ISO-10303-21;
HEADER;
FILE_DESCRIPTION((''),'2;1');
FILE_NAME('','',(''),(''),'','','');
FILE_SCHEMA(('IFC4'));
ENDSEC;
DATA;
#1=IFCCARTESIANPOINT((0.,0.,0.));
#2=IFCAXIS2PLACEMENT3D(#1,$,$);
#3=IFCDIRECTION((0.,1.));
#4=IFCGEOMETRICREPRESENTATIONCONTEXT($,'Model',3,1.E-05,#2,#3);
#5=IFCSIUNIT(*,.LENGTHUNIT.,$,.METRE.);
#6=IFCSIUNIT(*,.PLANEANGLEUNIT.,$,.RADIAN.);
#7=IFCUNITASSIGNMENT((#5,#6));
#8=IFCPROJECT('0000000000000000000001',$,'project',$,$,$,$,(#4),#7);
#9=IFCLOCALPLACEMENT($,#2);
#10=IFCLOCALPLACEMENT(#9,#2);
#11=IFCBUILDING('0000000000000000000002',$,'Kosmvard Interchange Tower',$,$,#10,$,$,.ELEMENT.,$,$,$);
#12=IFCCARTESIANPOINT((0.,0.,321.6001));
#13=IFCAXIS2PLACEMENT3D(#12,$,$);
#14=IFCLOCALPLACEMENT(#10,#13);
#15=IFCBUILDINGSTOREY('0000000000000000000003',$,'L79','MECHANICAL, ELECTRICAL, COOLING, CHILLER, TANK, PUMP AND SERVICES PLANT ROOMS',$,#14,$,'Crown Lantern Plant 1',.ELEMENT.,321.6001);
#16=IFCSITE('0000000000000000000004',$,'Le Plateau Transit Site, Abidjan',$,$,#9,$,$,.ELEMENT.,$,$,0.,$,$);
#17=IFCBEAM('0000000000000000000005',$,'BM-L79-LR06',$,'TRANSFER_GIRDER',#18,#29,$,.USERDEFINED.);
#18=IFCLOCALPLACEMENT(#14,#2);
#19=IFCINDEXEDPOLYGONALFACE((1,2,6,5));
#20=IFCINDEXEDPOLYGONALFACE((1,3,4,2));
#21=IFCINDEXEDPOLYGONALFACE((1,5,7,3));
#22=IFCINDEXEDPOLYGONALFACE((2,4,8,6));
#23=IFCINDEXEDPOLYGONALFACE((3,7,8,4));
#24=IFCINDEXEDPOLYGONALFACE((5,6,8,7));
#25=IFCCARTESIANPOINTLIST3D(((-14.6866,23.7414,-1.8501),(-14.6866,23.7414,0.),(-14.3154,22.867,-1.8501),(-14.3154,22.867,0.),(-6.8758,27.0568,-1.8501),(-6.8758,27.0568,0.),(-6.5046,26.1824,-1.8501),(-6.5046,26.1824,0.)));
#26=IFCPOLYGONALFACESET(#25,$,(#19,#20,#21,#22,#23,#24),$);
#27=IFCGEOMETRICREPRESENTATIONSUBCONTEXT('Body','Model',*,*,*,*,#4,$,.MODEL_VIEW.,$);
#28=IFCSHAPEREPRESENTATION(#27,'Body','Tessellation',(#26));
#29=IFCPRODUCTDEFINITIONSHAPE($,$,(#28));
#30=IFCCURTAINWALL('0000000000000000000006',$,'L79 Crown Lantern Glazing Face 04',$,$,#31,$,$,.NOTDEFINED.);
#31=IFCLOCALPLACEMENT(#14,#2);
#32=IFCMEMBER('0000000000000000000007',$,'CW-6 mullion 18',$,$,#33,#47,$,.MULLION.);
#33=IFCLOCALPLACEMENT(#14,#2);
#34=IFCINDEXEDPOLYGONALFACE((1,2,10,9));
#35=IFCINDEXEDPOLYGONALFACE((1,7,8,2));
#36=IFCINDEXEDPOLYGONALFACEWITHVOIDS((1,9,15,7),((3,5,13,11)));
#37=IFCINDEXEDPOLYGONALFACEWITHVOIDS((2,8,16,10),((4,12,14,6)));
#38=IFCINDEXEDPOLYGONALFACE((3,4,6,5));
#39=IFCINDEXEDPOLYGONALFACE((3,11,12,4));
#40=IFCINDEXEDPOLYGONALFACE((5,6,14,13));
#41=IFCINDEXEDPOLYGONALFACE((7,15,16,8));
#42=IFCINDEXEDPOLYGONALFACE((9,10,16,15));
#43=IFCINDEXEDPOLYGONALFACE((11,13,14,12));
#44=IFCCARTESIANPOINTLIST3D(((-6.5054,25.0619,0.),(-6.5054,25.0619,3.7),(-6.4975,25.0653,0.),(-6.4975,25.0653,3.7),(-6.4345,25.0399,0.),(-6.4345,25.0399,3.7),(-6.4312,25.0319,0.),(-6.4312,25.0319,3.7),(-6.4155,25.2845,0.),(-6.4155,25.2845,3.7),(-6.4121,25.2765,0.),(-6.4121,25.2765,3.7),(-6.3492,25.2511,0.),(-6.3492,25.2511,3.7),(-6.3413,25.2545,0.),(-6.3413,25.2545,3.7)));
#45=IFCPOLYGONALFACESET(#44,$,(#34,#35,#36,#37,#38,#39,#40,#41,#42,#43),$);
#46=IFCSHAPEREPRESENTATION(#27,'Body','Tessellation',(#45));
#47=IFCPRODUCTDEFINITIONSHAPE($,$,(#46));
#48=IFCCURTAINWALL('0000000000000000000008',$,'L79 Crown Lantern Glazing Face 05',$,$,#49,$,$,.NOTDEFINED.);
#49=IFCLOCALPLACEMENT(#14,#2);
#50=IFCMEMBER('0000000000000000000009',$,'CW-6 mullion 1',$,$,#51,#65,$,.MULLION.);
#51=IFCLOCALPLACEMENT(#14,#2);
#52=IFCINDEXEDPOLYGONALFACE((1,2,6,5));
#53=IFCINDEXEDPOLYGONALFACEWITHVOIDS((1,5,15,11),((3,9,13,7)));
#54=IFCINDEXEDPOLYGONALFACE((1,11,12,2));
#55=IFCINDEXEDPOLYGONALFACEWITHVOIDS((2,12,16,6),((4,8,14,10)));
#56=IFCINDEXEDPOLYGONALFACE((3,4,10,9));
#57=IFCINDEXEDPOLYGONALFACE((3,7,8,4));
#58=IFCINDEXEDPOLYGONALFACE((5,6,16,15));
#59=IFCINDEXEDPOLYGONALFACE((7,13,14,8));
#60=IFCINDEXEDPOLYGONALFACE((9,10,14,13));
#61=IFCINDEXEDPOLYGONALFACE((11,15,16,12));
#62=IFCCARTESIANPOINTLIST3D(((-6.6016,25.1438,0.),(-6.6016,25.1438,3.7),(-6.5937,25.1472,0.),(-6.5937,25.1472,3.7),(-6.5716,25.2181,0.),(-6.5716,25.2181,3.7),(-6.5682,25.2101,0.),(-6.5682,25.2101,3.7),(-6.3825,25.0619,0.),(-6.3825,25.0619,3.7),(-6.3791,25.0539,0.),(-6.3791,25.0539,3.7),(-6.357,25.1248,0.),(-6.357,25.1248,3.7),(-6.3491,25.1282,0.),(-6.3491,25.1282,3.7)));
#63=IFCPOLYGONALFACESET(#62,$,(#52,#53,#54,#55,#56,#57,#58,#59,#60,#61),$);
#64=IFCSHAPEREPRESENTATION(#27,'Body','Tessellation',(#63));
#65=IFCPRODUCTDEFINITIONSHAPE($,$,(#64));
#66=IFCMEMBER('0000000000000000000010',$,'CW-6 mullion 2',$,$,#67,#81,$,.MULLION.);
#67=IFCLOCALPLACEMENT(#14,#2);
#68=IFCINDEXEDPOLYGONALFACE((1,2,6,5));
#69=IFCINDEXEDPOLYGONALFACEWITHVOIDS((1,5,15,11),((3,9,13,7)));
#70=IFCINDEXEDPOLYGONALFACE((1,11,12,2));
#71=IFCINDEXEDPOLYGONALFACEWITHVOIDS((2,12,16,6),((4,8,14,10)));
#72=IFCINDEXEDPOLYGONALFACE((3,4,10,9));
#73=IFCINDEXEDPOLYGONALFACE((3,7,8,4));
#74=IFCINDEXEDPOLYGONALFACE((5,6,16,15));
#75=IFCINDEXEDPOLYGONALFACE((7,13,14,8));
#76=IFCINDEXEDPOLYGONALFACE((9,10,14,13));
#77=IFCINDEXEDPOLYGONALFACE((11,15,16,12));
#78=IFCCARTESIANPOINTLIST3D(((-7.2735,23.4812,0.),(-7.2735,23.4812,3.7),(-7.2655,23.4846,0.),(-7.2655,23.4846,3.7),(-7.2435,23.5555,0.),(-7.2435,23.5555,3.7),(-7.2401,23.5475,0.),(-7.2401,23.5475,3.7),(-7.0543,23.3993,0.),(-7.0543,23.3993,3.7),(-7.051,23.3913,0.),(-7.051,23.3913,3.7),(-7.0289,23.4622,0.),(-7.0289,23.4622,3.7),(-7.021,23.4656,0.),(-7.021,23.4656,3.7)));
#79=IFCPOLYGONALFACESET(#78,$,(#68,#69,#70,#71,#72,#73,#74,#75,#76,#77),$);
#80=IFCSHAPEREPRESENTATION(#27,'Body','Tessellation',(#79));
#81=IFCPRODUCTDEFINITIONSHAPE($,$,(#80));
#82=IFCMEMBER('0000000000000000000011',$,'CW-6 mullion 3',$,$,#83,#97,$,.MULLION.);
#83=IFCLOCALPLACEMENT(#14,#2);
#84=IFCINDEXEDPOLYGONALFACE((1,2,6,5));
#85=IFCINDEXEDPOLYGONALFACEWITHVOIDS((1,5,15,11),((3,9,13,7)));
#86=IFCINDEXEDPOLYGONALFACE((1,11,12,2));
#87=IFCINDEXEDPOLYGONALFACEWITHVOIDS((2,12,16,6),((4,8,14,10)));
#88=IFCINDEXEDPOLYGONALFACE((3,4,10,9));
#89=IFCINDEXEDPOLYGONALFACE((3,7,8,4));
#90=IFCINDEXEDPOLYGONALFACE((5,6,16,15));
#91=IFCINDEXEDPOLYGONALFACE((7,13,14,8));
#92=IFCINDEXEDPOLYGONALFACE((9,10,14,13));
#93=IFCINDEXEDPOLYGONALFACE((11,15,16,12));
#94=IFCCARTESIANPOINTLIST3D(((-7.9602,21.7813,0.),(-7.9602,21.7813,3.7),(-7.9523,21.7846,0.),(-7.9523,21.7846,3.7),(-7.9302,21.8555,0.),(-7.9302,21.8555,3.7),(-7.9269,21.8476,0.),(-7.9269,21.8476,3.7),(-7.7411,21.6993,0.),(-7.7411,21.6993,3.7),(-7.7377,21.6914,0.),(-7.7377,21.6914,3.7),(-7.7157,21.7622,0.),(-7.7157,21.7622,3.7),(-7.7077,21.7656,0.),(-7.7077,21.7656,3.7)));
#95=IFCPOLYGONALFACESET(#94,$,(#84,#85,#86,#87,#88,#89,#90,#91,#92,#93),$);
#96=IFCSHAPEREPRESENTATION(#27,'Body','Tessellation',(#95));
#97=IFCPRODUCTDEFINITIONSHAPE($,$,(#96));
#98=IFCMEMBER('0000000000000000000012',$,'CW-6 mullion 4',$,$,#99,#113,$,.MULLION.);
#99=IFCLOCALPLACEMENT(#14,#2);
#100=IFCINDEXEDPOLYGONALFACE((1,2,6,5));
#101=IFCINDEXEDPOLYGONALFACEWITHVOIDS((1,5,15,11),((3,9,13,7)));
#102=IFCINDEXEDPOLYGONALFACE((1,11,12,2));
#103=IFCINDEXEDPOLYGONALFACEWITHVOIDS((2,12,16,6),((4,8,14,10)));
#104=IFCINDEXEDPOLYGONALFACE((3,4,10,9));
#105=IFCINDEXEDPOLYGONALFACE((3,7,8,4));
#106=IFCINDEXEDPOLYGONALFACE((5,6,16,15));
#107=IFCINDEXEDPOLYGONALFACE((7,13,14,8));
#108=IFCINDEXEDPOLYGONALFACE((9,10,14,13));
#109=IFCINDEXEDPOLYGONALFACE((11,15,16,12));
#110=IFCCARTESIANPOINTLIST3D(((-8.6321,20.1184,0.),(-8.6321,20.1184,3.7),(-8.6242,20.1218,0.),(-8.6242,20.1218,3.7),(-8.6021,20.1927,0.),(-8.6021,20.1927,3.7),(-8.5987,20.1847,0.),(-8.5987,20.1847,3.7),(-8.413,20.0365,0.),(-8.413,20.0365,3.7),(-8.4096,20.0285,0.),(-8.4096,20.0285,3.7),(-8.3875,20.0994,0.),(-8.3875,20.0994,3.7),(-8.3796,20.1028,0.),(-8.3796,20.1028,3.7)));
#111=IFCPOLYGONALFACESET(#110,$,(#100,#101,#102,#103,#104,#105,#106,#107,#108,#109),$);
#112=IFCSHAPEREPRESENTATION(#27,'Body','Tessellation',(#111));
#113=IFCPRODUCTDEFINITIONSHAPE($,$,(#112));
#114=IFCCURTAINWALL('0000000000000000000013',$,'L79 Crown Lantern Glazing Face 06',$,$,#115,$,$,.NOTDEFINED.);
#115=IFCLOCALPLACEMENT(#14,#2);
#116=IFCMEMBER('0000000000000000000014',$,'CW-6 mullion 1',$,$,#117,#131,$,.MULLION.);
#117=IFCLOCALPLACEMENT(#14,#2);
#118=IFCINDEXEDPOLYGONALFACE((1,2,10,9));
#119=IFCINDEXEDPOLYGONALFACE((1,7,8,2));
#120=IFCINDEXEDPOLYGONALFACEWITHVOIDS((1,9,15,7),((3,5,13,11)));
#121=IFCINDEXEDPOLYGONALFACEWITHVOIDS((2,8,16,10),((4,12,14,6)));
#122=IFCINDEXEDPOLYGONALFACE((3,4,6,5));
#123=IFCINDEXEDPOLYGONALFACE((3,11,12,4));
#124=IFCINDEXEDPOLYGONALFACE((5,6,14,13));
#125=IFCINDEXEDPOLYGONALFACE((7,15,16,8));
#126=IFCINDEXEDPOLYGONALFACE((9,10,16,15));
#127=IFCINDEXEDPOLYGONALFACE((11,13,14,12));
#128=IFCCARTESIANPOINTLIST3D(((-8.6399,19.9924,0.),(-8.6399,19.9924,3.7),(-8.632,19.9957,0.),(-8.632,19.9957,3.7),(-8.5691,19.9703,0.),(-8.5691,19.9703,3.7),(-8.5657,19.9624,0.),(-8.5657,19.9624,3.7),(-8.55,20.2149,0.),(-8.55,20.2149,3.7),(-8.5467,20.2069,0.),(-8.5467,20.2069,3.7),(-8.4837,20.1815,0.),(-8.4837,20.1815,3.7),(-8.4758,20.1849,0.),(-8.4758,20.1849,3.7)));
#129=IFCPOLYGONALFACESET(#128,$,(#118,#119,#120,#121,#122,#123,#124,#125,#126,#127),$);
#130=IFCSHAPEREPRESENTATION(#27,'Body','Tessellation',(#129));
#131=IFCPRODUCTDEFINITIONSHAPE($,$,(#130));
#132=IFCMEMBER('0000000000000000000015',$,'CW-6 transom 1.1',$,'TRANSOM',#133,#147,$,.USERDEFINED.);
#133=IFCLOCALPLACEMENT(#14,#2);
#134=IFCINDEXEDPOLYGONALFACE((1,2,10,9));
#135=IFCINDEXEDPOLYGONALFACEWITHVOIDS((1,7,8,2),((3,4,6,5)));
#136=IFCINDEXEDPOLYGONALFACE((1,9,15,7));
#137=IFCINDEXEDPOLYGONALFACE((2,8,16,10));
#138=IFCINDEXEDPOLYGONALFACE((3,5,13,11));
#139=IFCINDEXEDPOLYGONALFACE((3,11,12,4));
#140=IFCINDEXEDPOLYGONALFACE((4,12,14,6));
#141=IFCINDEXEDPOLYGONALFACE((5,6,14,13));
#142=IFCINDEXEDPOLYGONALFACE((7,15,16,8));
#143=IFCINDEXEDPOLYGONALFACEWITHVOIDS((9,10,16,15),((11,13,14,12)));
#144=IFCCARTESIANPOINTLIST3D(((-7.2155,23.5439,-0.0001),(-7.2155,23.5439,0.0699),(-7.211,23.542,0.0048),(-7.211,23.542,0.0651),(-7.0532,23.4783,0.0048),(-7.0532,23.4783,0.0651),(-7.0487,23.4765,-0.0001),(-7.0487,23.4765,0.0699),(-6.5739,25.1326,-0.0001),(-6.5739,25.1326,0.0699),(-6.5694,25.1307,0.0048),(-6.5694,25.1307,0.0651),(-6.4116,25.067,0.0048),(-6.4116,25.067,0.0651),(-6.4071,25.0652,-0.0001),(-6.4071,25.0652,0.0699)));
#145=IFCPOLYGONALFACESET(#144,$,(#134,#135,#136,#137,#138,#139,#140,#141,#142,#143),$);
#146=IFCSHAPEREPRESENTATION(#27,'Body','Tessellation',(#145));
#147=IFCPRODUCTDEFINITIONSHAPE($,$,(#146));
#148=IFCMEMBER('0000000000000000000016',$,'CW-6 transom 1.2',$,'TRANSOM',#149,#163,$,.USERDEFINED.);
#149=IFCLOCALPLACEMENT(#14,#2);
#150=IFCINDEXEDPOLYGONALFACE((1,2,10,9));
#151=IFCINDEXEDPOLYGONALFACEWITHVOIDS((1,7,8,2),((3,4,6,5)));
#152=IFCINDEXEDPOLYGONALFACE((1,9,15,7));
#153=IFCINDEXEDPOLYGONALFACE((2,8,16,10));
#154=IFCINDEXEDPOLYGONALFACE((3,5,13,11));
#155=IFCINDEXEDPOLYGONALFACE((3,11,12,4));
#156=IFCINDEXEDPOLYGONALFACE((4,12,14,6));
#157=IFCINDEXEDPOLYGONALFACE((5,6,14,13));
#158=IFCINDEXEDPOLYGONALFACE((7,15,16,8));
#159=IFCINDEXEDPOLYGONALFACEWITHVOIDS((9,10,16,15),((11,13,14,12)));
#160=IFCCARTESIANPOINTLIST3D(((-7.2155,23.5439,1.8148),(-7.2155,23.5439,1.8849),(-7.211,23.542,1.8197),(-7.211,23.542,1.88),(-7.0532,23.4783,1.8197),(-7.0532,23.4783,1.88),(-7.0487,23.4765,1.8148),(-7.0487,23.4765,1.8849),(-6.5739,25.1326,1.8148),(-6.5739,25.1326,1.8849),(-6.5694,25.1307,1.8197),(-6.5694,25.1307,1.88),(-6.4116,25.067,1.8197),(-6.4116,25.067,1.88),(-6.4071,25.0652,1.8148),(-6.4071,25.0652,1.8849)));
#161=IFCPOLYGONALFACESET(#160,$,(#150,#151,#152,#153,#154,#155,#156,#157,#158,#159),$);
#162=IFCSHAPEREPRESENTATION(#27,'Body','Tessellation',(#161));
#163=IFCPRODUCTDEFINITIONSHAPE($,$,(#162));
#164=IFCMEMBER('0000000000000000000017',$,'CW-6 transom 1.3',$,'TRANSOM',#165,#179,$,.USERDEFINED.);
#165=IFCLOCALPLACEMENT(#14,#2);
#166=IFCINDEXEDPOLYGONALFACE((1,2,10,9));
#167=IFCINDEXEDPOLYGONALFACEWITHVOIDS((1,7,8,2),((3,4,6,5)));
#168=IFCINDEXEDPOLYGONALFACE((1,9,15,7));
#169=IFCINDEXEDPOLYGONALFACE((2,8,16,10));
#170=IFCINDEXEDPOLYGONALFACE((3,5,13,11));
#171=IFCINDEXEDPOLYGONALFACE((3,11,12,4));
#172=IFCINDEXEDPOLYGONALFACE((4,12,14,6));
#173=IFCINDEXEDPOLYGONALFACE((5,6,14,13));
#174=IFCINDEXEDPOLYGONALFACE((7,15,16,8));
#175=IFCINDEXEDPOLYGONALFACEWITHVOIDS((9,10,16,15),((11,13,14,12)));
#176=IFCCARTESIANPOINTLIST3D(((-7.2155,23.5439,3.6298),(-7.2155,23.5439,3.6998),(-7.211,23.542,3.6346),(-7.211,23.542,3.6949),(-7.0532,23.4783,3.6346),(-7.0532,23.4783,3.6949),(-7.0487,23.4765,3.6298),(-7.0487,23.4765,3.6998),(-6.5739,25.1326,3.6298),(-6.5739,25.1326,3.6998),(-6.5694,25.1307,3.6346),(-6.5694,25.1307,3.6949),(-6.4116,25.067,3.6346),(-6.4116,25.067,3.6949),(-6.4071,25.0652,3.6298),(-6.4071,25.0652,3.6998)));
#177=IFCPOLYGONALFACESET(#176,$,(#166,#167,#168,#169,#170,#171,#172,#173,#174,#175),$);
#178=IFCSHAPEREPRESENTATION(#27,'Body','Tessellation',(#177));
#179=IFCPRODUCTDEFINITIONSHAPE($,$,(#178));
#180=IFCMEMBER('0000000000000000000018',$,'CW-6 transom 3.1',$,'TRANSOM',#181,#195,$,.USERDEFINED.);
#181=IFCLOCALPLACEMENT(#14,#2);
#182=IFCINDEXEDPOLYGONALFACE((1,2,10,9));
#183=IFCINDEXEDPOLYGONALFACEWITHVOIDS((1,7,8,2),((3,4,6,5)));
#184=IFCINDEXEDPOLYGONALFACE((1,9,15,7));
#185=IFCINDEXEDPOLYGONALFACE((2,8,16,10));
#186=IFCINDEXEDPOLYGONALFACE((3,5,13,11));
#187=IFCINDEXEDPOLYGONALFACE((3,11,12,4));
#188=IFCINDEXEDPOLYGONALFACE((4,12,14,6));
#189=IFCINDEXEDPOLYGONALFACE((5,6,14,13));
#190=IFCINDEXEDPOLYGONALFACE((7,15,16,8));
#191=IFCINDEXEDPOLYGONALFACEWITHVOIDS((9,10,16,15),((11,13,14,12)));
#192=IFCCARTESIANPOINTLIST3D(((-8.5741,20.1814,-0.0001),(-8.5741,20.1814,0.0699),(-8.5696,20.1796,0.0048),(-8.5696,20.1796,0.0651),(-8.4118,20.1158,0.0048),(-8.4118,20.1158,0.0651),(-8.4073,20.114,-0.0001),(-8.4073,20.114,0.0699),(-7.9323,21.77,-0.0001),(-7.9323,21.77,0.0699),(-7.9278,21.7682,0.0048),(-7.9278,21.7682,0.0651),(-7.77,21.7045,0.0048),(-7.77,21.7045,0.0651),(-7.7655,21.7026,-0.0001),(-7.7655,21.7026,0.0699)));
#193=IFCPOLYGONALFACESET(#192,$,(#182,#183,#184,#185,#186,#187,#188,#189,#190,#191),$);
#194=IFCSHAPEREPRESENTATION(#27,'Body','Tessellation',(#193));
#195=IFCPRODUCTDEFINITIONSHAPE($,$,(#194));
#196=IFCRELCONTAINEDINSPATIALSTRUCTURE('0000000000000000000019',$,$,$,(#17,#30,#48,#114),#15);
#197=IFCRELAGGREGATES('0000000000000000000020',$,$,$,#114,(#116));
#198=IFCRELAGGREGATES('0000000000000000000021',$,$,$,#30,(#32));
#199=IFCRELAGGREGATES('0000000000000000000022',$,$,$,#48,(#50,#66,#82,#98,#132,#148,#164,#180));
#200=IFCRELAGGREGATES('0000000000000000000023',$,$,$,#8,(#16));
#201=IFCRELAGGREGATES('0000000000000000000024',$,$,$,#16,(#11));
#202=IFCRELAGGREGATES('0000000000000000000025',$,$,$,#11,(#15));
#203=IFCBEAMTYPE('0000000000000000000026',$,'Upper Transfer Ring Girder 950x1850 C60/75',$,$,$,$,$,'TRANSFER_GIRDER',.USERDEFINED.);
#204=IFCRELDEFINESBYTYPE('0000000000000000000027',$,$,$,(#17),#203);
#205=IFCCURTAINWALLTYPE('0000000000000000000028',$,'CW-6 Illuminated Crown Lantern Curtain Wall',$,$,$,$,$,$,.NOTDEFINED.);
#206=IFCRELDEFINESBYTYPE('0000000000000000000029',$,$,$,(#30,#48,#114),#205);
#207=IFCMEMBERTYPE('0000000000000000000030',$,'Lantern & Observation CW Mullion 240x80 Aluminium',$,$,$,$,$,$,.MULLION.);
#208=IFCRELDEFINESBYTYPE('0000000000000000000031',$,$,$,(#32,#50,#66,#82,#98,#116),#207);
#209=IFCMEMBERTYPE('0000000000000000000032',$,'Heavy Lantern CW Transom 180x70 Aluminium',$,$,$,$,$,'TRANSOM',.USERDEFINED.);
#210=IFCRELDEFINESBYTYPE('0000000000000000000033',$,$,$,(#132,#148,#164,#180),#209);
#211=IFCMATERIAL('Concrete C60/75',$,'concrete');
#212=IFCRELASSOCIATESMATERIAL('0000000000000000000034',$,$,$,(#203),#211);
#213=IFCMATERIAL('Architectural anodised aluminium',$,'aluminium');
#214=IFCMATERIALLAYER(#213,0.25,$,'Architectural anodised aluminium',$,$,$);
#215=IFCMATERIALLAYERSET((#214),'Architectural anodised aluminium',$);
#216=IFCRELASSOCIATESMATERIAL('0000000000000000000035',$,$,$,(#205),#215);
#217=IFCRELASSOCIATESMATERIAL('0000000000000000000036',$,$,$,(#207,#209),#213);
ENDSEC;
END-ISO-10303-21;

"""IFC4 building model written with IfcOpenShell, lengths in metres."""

from ifc_helpers import new_model, si_unit, direction, frame, origin, origin_2d, place, context, subcontext, project, spatial, rectangle, hollow_rectangle, extrude, source, transform, mapped, material, layer, layer_set, material_profile, profile_set, type_object, element, aggregate, save


model = new_model("IFC4")

# Units and contexts
model_context = context("Model", 3, precision=1e-05, world=origin(), true_north=direction((0.0, 1.0)))
body_context = subcontext(model_context, "Body", "Model", "MODEL_VIEW")
ifc_project = project(units=[si_unit("LENGTHUNIT", "METRE"), si_unit("PLANEANGLEUNIT", "RADIAN")], contexts=[model_context])

# Site, building, storey
site_placement = place(None, origin())
site = spatial("IfcSite", under=ifc_project, at=site_placement, Name="Le Plateau Transit Site, Abidjan", CompositionType="ELEMENT", RefElevation=0.0)
building_placement = place(site_placement, origin())
building = spatial("IfcBuilding", under=site, at=building_placement, Name="Kosmvard Interchange Tower", CompositionType="ELEMENT")
storey_placement = place(building_placement, frame((0.0, 0.0, 321.6001)))
storey = spatial("IfcBuildingStorey", under=building, at=storey_placement, Name="L79", Description="MECHANICAL, ELECTRICAL, COOLING, CHILLER, TANK, PUMP AND SERVICES PLANT ROOMS", LongName="Crown Lantern Plant 1", CompositionType="ELEMENT", Elevation=321.6001)

# Beam
ifc_material_1 = material(Name="Concrete C60/75", Category="concrete")
ifc_material_profile_1 = material_profile(ifc_material_1, rectangle(XDim=0.95, YDim=1.8501, at=origin_2d()), Name="TG 950x1850")
ifc_profile_set_1 = profile_set([ifc_material_profile_1], Name="Concrete C60/75")
beam_type = type_object("IfcBeamType", Name="Upper Transfer Ring Girder 950x1850 C60/75", ElementType="TRANSFER_GIRDER", PredefinedType="USERDEFINED", material=ifc_profile_set_1)
shared_shape_1 = source(origin(), body_context, "Body", "SweptSolid", [
    extrude(rectangle(XDim=0.95, YDim=1.8501, at=origin_2d()), origin(), (0.0, 0.0, 1.0), 8.4854),
])
beam_placement = place(storey_placement, frame((-6.6902, 26.6196, -0.925), z_axis=(-0.920507, -0.390726, 0.0), x_axis=(0.390726, -0.920507, 0.0)))
element("IfcBeam", 1, at=beam_placement, inside=storey, type_object=beam_type, Name="BM-L79-LR06", ObjectType="TRANSFER_GIRDER", PredefinedType="USERDEFINED", context=body_context, shape_type="MappedRepresentation", body=[
    mapped(shared_shape_1, transform((0.0, 0.0, 0.0), scale=1.0)),
])

# Curtain wall, member
ifc_material_2 = material(Name="Architectural anodised aluminium", Category="aluminium")
ifc_layer_1 = layer(ifc_material_2, 0.25, Name="Architectural anodised aluminium")
ifc_layer_set_1 = layer_set([ifc_layer_1], Name="Architectural anodised aluminium")
curtain_wall_type = type_object("IfcCurtainWallType", Name="CW-6 Illuminated Crown Lantern Curtain Wall", PredefinedType="NOTDEFINED", material=ifc_layer_set_1)
curtain_wall_1_placement = place(storey_placement, origin())
curtain_wall_1 = element("IfcCurtainWall", 2, at=curtain_wall_1_placement, inside=storey, type_object=curtain_wall_type, Name="L79 Crown Lantern Glazing Face 04", PredefinedType="NOTDEFINED")
ifc_material_profile_2 = material_profile(ifc_material_2, hollow_rectangle(XDim=0.24, YDim=0.0801, WallThickness=0.0061, at=origin_2d()), Name="CWM 240x80x6")
ifc_profile_set_2 = profile_set([ifc_material_profile_2], Name="Architectural anodised aluminium")
member_type_1 = type_object("IfcMemberType", Name="Lantern & Observation CW Mullion 240x80 Aluminium", PredefinedType="MULLION", material=ifc_profile_set_2)
shared_shape_2 = source(origin(), body_context, "Body", "SweptSolid", [
    extrude(hollow_rectangle(XDim=0.24, YDim=0.0801, WallThickness=0.0061, at=origin_2d()), origin(), (0.0, 0.0, 1.0), 3.7),
])
member_1_placement = place(storey_placement, frame((-6.4233, 25.1582, 0.0), z_axis=(0.0, 0.0, 1.0), x_axis=(-0.374607, -0.927184, 0.0)))
member_1 = element("IfcMember", 3, at=member_1_placement, type_object=member_type_1, Name="CW-6 mullion 18", PredefinedType="MULLION", context=body_context, shape_type="MappedRepresentation", body=[
    mapped(shared_shape_2, transform((0.0, 0.0, 0.0), scale=1.0)),
])

# Curtain wall, members
curtain_wall_2_placement = place(storey_placement, origin())
curtain_wall_2 = element("IfcCurtainWall", 4, at=curtain_wall_2_placement, inside=storey, type_object=curtain_wall_type, Name="L79 Crown Lantern Glazing Face 05", PredefinedType="NOTDEFINED")
member_2_placement = place(storey_placement, frame((-6.4753, 25.136, 0.0), z_axis=(0.0, 0.0, 1.0), x_axis=(0.927184, -0.374607, 0.0)))
member_2 = element("IfcMember", 5, at=member_2_placement, type_object=member_type_1, Name="CW-6 mullion 1", PredefinedType="MULLION", context=body_context, shape_type="MappedRepresentation", body=[
    mapped(shared_shape_2, transform((0.0, 0.0, 0.0), scale=1.0)),
])
member_3_placement = place(storey_placement, frame((-7.1472, 23.4734, 0.0), z_axis=(0.0, 0.0, 1.0), x_axis=(0.927184, -0.374607, 0.0)))
member_3 = element("IfcMember", 6, at=member_3_placement, type_object=member_type_1, Name="CW-6 mullion 2", PredefinedType="MULLION", context=body_context, shape_type="MappedRepresentation", body=[
    mapped(shared_shape_2, transform((0.0, 0.0, 0.0), scale=1.0)),
])
member_4_placement = place(storey_placement, frame((-7.834, 21.7734, 0.0), z_axis=(0.0, 0.0, 1.0), x_axis=(0.927184, -0.374607, 0.0)))
member_4 = element("IfcMember", 7, at=member_4_placement, type_object=member_type_1, Name="CW-6 mullion 3", PredefinedType="MULLION", context=body_context, shape_type="MappedRepresentation", body=[
    mapped(shared_shape_2, transform((0.0, 0.0, 0.0), scale=1.0)),
])
member_5_placement = place(storey_placement, frame((-8.5059, 20.1106, 0.0), z_axis=(0.0, 0.0, 1.0), x_axis=(0.927184, -0.374607, 0.0)))
member_5 = element("IfcMember", 8, at=member_5_placement, type_object=member_type_1, Name="CW-6 mullion 4", PredefinedType="MULLION", context=body_context, shape_type="MappedRepresentation", body=[
    mapped(shared_shape_2, transform((0.0, 0.0, 0.0), scale=1.0)),
])

# Curtain wall, member
curtain_wall_3_placement = place(storey_placement, origin())
curtain_wall_3 = element("IfcCurtainWall", 9, at=curtain_wall_3_placement, inside=storey, type_object=curtain_wall_type, Name="L79 Crown Lantern Glazing Face 06", PredefinedType="NOTDEFINED")
member_6_placement = place(storey_placement, frame((-8.5579, 20.0886, 0.0), z_axis=(0.0, 0.0, 1.0), x_axis=(-0.374607, -0.927184, 0.0)))
member_6 = element("IfcMember", 10, at=member_6_placement, type_object=member_type_1, Name="CW-6 mullion 1", PredefinedType="MULLION", context=body_context, shape_type="MappedRepresentation", body=[
    mapped(shared_shape_2, transform((0.0, 0.0, 0.0), scale=1.0)),
])
aggregate(curtain_wall_3, [member_6])

# Members
ifc_material_profile_3 = material_profile(ifc_material_2, hollow_rectangle(XDim=0.1799, YDim=0.0701, WallThickness=0.0049, at=origin_2d()), Name="CWT 180x70x5")
ifc_profile_set_3 = profile_set([ifc_material_profile_3], Name="Architectural anodised aluminium")
member_type_2 = type_object("IfcMemberType", Name="Heavy Lantern CW Transom 180x70 Aluminium", ElementType="TRANSOM", PredefinedType="USERDEFINED", material=ifc_profile_set_3)
shared_shape_3 = source(origin(), body_context, "Body", "SweptSolid", [
    extrude(hollow_rectangle(XDim=0.1799, YDim=0.0701, WallThickness=0.0049, at=origin_2d()), origin(), (0.0, 0.0, 1.0), 1.7134),
])
member_7_placement = place(storey_placement, frame((-6.4905, 25.0989, 0.0349), z_axis=(-0.374484, -0.927233, 0.0), x_axis=(0.927233, -0.374484, 0.0)))
member_7 = element("IfcMember", 11, at=member_7_placement, type_object=member_type_2, Name="CW-6 transom 1.1", ObjectType="TRANSOM", PredefinedType="USERDEFINED", context=body_context, shape_type="MappedRepresentation", body=[
    mapped(shared_shape_3, transform((0.0, 0.0, 0.0), scale=1.0)),
])
member_8_placement = place(storey_placement, frame((-6.4905, 25.0989, 1.8499), z_axis=(-0.374484, -0.927233, 0.0), x_axis=(0.927233, -0.374484, 0.0)))
member_8 = element("IfcMember", 12, at=member_8_placement, type_object=member_type_2, Name="CW-6 transom 1.2", ObjectType="TRANSOM", PredefinedType="USERDEFINED", context=body_context, shape_type="MappedRepresentation", body=[
    mapped(shared_shape_3, transform((0.0, 0.0, 0.0), scale=1.0)),
])
member_9_placement = place(storey_placement, frame((-6.4905, 25.0989, 3.6648), z_axis=(-0.374484, -0.927233, 0.0), x_axis=(0.927233, -0.374484, 0.0)))
member_9 = element("IfcMember", 13, at=member_9_placement, type_object=member_type_2, Name="CW-6 transom 1.3", ObjectType="TRANSOM", PredefinedType="USERDEFINED", context=body_context, shape_type="MappedRepresentation", body=[
    mapped(shared_shape_3, transform((0.0, 0.0, 0.0), scale=1.0)),
])
member_10_placement = place(storey_placement, frame((-7.8489, 21.7363, 0.0349), z_axis=(-0.374607, -0.927184, 0.0), x_axis=(0.927184, -0.374607, 0.0)))
member_10 = element("IfcMember", 14, at=member_10_placement, type_object=member_type_2, Name="CW-6 transom 3.1", ObjectType="TRANSOM", PredefinedType="USERDEFINED", context=body_context, shape_type="MappedRepresentation", body=[
    mapped(shared_shape_3, transform((0.0, 0.0, 0.0), scale=1.0)),
])

aggregate(curtain_wall_1, [member_1])
aggregate(curtain_wall_2, [member_2, member_3, member_4, member_5, member_7, member_8, member_9, member_10])

save(model, "model.ifc")
